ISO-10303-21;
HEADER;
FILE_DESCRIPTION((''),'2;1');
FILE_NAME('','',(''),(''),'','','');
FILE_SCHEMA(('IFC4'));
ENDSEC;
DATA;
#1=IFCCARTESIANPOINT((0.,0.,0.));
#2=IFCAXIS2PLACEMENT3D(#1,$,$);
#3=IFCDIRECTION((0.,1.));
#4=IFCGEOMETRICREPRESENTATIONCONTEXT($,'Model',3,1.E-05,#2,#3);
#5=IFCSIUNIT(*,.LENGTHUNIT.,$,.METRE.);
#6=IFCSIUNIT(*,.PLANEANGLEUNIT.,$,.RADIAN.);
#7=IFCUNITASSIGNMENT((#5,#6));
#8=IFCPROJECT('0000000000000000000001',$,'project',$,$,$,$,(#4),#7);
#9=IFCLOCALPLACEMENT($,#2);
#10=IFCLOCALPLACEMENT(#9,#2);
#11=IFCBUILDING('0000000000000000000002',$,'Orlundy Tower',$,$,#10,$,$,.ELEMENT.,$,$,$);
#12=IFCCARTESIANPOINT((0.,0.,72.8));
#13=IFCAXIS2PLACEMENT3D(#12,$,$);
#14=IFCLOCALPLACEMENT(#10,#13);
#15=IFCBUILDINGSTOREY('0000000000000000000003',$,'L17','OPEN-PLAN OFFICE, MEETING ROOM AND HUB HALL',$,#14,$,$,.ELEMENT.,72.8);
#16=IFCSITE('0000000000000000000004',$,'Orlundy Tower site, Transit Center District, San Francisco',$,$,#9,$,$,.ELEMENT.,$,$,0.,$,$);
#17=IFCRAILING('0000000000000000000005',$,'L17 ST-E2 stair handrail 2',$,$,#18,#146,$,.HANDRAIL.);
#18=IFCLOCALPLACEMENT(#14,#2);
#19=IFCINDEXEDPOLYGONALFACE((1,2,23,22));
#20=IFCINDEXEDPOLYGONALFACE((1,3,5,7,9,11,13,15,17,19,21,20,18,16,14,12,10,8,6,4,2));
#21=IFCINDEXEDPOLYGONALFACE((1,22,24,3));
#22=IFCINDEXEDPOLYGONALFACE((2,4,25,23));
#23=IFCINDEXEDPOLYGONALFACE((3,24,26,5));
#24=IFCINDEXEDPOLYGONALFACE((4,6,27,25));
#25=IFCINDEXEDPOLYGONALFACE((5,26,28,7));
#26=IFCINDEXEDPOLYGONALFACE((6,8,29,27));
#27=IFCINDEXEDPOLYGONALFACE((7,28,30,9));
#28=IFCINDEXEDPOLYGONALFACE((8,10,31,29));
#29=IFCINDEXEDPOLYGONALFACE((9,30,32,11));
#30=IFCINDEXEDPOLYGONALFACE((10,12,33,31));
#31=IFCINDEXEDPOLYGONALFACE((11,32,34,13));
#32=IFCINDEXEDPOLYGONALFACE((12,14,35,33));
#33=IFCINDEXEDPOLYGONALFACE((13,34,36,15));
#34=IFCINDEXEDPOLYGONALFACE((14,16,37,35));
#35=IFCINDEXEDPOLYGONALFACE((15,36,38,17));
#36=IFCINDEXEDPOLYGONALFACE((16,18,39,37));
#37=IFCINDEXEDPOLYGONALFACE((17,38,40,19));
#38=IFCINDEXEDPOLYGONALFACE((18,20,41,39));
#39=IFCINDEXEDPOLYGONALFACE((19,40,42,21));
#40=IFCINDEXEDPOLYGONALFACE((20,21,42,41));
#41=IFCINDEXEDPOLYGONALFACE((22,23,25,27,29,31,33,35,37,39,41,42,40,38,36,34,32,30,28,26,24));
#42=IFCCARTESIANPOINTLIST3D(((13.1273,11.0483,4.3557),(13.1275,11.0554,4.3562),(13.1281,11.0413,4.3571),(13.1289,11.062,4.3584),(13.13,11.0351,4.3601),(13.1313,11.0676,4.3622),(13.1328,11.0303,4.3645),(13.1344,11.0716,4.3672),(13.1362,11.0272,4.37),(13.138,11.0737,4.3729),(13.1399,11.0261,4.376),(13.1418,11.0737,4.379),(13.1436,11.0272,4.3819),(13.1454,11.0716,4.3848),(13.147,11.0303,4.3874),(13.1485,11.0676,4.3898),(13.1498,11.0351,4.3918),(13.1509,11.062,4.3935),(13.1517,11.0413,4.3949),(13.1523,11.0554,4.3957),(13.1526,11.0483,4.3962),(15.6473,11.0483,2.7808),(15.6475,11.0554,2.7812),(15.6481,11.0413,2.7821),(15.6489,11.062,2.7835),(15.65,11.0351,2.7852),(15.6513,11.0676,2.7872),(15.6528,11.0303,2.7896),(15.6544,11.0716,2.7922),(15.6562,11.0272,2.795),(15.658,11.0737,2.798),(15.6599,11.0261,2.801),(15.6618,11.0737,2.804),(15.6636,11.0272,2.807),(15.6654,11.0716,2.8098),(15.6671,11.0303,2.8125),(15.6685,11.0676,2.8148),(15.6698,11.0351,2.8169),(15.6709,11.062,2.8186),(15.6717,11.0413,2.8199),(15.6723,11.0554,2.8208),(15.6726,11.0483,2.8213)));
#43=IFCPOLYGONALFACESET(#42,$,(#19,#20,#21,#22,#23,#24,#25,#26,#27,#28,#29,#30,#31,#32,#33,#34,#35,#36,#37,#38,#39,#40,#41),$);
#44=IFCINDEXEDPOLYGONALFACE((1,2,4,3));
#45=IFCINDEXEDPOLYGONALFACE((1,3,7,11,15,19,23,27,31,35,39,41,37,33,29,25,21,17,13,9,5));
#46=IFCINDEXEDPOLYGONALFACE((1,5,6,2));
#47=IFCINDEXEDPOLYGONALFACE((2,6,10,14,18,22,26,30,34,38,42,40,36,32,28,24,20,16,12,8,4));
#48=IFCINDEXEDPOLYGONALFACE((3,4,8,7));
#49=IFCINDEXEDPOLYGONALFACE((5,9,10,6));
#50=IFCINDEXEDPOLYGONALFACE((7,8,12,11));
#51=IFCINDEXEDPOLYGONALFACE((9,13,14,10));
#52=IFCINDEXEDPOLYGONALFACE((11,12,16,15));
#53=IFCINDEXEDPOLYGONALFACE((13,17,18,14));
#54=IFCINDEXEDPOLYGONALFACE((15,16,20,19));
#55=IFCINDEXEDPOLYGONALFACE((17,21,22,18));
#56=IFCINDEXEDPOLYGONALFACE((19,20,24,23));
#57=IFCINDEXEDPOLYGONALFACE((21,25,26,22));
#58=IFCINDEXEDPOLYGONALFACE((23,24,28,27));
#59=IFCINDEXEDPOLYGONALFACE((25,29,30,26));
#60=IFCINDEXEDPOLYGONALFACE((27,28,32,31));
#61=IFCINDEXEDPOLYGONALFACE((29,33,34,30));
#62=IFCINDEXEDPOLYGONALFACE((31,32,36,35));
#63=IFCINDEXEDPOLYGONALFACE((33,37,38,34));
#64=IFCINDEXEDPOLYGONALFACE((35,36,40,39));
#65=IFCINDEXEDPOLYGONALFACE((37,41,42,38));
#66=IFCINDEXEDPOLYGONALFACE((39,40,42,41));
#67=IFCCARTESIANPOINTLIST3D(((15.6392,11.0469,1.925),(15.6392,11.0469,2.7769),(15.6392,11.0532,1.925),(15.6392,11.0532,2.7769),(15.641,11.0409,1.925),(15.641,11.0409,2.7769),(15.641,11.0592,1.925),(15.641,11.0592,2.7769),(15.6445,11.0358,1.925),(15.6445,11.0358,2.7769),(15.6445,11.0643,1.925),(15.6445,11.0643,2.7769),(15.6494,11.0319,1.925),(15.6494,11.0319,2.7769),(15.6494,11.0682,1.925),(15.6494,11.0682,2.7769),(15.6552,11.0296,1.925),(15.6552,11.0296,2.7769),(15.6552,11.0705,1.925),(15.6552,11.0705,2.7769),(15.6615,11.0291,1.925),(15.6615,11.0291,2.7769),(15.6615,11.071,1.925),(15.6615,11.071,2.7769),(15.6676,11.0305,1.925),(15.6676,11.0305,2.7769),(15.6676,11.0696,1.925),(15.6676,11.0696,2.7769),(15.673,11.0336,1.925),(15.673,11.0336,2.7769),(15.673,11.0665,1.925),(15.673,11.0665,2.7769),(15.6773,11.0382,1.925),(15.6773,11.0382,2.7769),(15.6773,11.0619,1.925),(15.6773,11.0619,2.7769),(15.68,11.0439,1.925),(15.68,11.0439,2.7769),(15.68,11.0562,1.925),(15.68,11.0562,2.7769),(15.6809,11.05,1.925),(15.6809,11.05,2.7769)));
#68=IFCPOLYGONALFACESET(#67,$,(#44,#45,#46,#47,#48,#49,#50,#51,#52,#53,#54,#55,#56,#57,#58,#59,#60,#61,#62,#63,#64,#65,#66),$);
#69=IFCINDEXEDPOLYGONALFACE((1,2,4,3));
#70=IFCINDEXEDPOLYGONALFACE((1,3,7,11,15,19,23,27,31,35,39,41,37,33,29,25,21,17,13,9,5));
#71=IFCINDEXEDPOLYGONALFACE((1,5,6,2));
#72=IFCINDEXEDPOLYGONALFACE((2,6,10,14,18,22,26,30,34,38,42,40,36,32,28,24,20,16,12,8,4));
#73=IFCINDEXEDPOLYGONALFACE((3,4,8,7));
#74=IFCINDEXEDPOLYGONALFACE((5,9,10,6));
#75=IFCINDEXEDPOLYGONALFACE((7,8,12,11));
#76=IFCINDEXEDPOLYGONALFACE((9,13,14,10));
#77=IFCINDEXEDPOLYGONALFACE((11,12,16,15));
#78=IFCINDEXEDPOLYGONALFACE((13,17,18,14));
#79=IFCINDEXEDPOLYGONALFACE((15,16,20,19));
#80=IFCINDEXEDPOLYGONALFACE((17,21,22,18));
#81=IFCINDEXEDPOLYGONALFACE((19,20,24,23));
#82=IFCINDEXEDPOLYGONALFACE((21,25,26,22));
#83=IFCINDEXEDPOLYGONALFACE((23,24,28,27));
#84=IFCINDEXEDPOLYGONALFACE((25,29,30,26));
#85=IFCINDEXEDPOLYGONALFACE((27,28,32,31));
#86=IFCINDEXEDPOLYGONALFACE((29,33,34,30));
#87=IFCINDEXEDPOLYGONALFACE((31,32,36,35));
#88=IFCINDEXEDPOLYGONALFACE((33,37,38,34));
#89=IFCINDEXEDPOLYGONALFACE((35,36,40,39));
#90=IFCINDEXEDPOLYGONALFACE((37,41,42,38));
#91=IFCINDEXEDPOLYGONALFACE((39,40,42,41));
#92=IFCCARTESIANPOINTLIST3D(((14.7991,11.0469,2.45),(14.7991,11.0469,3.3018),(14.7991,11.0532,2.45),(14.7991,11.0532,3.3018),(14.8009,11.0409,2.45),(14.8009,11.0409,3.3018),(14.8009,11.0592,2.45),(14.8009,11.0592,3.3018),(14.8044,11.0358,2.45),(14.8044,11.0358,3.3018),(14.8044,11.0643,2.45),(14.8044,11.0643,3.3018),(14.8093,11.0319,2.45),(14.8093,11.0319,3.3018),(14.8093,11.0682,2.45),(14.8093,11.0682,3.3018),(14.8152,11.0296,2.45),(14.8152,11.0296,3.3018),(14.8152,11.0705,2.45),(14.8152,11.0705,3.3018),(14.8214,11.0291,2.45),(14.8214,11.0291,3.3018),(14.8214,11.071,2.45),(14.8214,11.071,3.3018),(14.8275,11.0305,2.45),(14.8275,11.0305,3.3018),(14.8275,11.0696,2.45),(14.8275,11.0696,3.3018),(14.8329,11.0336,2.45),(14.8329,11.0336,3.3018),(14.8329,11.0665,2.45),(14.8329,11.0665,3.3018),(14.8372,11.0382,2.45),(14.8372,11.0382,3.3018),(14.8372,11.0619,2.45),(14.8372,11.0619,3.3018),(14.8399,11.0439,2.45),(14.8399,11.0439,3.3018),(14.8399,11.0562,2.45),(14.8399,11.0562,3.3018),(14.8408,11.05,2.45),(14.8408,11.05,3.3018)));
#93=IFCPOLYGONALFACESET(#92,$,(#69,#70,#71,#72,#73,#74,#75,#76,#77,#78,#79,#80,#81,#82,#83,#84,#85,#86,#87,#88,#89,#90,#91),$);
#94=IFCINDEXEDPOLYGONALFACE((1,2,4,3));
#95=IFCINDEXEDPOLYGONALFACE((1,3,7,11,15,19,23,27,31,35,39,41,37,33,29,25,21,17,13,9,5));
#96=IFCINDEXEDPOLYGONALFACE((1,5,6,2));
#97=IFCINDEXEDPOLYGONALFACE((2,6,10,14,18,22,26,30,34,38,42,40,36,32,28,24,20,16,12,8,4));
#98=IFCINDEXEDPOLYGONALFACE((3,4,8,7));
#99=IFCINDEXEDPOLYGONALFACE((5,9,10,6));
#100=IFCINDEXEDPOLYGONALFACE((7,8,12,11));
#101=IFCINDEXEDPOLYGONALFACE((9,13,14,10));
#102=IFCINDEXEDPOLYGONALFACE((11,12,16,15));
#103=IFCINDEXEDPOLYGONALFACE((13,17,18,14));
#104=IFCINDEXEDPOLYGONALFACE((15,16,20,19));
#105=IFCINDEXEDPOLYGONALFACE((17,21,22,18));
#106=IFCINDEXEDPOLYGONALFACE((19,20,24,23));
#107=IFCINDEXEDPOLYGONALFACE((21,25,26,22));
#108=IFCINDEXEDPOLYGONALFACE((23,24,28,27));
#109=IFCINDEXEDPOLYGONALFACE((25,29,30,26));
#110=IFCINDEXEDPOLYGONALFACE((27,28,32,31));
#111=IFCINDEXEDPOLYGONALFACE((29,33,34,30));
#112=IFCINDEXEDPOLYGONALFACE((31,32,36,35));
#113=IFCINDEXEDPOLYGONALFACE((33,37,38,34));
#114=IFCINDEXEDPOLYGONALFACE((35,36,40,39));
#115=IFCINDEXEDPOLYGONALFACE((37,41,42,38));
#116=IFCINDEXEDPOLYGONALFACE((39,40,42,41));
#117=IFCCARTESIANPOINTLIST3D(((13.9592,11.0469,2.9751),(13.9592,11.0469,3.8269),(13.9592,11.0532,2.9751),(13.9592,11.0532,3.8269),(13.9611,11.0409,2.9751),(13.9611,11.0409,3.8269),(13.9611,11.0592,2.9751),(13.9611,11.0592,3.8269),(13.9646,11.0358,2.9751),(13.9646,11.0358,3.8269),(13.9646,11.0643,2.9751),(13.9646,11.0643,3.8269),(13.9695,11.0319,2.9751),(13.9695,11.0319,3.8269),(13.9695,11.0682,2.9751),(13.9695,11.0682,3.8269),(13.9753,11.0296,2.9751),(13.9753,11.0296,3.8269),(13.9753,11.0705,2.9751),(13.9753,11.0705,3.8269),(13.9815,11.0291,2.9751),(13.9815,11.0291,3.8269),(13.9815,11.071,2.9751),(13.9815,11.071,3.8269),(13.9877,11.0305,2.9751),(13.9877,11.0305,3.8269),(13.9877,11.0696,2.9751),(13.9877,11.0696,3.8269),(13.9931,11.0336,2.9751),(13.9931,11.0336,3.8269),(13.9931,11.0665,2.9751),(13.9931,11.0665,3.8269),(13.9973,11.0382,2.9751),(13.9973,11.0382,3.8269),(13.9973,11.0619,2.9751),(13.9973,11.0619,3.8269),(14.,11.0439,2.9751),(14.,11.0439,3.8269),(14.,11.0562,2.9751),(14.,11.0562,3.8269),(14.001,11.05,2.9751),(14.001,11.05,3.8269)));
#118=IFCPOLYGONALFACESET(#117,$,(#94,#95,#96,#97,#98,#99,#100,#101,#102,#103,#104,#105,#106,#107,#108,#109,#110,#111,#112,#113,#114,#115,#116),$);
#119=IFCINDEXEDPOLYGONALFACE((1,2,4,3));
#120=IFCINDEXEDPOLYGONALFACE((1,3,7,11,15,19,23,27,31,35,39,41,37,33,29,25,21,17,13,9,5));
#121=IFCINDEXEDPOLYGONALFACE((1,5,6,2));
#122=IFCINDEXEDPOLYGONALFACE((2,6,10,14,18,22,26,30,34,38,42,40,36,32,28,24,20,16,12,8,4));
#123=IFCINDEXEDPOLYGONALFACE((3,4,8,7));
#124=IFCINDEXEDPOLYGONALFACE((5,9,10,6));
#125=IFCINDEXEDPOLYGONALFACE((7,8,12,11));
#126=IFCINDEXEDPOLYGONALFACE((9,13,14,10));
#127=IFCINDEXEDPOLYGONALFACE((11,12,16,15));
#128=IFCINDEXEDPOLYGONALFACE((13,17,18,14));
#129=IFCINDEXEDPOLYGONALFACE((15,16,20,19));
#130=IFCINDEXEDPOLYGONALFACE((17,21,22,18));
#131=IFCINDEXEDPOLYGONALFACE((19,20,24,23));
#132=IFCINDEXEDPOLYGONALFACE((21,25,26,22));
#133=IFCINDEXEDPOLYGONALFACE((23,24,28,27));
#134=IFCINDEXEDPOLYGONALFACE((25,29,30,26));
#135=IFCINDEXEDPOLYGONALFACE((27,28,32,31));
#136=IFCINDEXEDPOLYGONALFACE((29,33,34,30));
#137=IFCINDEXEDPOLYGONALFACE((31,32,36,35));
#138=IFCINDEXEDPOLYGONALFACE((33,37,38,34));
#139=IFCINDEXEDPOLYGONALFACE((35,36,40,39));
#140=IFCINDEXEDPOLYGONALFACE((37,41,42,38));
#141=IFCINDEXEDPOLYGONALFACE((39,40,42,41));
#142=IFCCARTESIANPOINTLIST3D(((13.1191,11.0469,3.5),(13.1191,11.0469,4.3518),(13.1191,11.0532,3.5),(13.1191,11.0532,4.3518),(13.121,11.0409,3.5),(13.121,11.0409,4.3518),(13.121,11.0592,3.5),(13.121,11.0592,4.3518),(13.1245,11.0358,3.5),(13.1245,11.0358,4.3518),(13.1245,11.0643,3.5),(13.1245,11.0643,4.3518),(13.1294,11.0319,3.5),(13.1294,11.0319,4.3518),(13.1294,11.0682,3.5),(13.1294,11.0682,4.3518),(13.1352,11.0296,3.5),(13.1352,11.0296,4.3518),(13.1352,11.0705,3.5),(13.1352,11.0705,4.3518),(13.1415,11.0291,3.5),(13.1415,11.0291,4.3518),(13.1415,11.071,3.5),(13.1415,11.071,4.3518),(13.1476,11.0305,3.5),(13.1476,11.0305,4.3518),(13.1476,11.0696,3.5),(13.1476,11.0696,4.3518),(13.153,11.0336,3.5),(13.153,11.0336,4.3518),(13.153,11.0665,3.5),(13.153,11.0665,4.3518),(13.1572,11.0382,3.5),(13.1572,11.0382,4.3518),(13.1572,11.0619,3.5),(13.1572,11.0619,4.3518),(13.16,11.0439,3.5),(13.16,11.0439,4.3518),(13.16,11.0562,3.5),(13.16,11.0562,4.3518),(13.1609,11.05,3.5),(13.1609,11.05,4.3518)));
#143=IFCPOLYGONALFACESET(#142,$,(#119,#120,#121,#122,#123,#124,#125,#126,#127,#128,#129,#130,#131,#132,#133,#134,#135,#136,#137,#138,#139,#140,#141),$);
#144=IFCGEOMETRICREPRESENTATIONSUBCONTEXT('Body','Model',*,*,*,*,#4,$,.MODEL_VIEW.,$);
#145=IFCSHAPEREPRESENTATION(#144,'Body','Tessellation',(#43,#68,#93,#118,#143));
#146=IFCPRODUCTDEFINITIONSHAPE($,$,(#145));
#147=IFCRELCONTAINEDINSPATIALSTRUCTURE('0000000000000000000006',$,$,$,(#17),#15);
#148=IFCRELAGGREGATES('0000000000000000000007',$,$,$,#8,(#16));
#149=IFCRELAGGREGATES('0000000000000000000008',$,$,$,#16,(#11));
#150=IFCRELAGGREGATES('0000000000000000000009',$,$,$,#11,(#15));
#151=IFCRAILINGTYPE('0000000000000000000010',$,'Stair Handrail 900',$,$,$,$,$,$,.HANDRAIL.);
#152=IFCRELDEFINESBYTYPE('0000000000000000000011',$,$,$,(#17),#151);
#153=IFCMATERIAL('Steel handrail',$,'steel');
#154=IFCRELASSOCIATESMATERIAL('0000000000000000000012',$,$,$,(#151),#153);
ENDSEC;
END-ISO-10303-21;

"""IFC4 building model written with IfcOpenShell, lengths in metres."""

from ifc_helpers import new_model, si_unit, direction, frame, origin, origin_2d, place, context, subcontext, project, spatial, circle, extrude, material, type_object, element, save


model = new_model("IFC4")

# Units and contexts
model_context = context("Model", 3, precision=1e-05, world=origin(), true_north=direction((0.0, 1.0)))
body_context = subcontext(model_context, "Body", "Model", "MODEL_VIEW")
ifc_project = project(units=[si_unit("LENGTHUNIT", "METRE"), si_unit("PLANEANGLEUNIT", "RADIAN")], contexts=[model_context])

# Site, building, storey
site_placement = place(None, origin())
site = spatial("IfcSite", under=ifc_project, at=site_placement, Name="Orlundy Tower site, Transit Center District, San Francisco", CompositionType="ELEMENT", RefElevation=0.0)
building_placement = place(site_placement, origin())
building = spatial("IfcBuilding", under=site, at=building_placement, Name="Orlundy Tower", CompositionType="ELEMENT")
storey_placement = place(building_placement, frame((0.0, 0.0, 72.8)))
storey = spatial("IfcBuildingStorey", under=building, at=storey_placement, Name="L17", Description="OPEN-PLAN OFFICE, MEETING ROOM AND HUB HALL", CompositionType="ELEMENT", Elevation=72.8)

# Railing
ifc_material_1 = material(Name="Steel handrail", Category="steel")
railing_type_1 = type_object("IfcRailingType", Name="Stair Handrail 900", PredefinedType="HANDRAIL", material=ifc_material_1)
railing_1_placement = place(storey_placement, frame((15.6599, 11.05, 1.925)))
element("IfcRailing", 1, at=railing_1_placement, inside=storey, type_object=railing_type_1, Name="L17 ST-E2 stair handrail 2", PredefinedType="HANDRAIL", context=body_context, shape_type="SweptSolid", body=[
    extrude(circle(Radius=0.0239, at=origin_2d()), frame((0.0, 0.0, 0.876), z_axis=(-0.848008, 0.0, 0.529984), x_axis=(0.0, -1.0, 0.0)), (0.0, 0.0, 1.0), 2.9717),
    extrude(circle(Radius=0.021, at=origin_2d()), origin(), (0.0, 0.0, 1.0), 0.8518),
    extrude(circle(Radius=0.021, at=origin_2d()), frame((-0.8401, 0.0, 0.5249)), (0.0, 0.0, 1.0), 0.8518),
    extrude(circle(Radius=0.021, at=origin_2d()), frame((-1.6799, 0.0, 1.05)), (0.0, 0.0, 1.0), 0.8518),
    extrude(circle(Radius=0.021, at=origin_2d()), frame((-2.52, 0.0, 1.575)), (0.0, 0.0, 1.0), 0.8518),
])

save(model, "model.ifc")
